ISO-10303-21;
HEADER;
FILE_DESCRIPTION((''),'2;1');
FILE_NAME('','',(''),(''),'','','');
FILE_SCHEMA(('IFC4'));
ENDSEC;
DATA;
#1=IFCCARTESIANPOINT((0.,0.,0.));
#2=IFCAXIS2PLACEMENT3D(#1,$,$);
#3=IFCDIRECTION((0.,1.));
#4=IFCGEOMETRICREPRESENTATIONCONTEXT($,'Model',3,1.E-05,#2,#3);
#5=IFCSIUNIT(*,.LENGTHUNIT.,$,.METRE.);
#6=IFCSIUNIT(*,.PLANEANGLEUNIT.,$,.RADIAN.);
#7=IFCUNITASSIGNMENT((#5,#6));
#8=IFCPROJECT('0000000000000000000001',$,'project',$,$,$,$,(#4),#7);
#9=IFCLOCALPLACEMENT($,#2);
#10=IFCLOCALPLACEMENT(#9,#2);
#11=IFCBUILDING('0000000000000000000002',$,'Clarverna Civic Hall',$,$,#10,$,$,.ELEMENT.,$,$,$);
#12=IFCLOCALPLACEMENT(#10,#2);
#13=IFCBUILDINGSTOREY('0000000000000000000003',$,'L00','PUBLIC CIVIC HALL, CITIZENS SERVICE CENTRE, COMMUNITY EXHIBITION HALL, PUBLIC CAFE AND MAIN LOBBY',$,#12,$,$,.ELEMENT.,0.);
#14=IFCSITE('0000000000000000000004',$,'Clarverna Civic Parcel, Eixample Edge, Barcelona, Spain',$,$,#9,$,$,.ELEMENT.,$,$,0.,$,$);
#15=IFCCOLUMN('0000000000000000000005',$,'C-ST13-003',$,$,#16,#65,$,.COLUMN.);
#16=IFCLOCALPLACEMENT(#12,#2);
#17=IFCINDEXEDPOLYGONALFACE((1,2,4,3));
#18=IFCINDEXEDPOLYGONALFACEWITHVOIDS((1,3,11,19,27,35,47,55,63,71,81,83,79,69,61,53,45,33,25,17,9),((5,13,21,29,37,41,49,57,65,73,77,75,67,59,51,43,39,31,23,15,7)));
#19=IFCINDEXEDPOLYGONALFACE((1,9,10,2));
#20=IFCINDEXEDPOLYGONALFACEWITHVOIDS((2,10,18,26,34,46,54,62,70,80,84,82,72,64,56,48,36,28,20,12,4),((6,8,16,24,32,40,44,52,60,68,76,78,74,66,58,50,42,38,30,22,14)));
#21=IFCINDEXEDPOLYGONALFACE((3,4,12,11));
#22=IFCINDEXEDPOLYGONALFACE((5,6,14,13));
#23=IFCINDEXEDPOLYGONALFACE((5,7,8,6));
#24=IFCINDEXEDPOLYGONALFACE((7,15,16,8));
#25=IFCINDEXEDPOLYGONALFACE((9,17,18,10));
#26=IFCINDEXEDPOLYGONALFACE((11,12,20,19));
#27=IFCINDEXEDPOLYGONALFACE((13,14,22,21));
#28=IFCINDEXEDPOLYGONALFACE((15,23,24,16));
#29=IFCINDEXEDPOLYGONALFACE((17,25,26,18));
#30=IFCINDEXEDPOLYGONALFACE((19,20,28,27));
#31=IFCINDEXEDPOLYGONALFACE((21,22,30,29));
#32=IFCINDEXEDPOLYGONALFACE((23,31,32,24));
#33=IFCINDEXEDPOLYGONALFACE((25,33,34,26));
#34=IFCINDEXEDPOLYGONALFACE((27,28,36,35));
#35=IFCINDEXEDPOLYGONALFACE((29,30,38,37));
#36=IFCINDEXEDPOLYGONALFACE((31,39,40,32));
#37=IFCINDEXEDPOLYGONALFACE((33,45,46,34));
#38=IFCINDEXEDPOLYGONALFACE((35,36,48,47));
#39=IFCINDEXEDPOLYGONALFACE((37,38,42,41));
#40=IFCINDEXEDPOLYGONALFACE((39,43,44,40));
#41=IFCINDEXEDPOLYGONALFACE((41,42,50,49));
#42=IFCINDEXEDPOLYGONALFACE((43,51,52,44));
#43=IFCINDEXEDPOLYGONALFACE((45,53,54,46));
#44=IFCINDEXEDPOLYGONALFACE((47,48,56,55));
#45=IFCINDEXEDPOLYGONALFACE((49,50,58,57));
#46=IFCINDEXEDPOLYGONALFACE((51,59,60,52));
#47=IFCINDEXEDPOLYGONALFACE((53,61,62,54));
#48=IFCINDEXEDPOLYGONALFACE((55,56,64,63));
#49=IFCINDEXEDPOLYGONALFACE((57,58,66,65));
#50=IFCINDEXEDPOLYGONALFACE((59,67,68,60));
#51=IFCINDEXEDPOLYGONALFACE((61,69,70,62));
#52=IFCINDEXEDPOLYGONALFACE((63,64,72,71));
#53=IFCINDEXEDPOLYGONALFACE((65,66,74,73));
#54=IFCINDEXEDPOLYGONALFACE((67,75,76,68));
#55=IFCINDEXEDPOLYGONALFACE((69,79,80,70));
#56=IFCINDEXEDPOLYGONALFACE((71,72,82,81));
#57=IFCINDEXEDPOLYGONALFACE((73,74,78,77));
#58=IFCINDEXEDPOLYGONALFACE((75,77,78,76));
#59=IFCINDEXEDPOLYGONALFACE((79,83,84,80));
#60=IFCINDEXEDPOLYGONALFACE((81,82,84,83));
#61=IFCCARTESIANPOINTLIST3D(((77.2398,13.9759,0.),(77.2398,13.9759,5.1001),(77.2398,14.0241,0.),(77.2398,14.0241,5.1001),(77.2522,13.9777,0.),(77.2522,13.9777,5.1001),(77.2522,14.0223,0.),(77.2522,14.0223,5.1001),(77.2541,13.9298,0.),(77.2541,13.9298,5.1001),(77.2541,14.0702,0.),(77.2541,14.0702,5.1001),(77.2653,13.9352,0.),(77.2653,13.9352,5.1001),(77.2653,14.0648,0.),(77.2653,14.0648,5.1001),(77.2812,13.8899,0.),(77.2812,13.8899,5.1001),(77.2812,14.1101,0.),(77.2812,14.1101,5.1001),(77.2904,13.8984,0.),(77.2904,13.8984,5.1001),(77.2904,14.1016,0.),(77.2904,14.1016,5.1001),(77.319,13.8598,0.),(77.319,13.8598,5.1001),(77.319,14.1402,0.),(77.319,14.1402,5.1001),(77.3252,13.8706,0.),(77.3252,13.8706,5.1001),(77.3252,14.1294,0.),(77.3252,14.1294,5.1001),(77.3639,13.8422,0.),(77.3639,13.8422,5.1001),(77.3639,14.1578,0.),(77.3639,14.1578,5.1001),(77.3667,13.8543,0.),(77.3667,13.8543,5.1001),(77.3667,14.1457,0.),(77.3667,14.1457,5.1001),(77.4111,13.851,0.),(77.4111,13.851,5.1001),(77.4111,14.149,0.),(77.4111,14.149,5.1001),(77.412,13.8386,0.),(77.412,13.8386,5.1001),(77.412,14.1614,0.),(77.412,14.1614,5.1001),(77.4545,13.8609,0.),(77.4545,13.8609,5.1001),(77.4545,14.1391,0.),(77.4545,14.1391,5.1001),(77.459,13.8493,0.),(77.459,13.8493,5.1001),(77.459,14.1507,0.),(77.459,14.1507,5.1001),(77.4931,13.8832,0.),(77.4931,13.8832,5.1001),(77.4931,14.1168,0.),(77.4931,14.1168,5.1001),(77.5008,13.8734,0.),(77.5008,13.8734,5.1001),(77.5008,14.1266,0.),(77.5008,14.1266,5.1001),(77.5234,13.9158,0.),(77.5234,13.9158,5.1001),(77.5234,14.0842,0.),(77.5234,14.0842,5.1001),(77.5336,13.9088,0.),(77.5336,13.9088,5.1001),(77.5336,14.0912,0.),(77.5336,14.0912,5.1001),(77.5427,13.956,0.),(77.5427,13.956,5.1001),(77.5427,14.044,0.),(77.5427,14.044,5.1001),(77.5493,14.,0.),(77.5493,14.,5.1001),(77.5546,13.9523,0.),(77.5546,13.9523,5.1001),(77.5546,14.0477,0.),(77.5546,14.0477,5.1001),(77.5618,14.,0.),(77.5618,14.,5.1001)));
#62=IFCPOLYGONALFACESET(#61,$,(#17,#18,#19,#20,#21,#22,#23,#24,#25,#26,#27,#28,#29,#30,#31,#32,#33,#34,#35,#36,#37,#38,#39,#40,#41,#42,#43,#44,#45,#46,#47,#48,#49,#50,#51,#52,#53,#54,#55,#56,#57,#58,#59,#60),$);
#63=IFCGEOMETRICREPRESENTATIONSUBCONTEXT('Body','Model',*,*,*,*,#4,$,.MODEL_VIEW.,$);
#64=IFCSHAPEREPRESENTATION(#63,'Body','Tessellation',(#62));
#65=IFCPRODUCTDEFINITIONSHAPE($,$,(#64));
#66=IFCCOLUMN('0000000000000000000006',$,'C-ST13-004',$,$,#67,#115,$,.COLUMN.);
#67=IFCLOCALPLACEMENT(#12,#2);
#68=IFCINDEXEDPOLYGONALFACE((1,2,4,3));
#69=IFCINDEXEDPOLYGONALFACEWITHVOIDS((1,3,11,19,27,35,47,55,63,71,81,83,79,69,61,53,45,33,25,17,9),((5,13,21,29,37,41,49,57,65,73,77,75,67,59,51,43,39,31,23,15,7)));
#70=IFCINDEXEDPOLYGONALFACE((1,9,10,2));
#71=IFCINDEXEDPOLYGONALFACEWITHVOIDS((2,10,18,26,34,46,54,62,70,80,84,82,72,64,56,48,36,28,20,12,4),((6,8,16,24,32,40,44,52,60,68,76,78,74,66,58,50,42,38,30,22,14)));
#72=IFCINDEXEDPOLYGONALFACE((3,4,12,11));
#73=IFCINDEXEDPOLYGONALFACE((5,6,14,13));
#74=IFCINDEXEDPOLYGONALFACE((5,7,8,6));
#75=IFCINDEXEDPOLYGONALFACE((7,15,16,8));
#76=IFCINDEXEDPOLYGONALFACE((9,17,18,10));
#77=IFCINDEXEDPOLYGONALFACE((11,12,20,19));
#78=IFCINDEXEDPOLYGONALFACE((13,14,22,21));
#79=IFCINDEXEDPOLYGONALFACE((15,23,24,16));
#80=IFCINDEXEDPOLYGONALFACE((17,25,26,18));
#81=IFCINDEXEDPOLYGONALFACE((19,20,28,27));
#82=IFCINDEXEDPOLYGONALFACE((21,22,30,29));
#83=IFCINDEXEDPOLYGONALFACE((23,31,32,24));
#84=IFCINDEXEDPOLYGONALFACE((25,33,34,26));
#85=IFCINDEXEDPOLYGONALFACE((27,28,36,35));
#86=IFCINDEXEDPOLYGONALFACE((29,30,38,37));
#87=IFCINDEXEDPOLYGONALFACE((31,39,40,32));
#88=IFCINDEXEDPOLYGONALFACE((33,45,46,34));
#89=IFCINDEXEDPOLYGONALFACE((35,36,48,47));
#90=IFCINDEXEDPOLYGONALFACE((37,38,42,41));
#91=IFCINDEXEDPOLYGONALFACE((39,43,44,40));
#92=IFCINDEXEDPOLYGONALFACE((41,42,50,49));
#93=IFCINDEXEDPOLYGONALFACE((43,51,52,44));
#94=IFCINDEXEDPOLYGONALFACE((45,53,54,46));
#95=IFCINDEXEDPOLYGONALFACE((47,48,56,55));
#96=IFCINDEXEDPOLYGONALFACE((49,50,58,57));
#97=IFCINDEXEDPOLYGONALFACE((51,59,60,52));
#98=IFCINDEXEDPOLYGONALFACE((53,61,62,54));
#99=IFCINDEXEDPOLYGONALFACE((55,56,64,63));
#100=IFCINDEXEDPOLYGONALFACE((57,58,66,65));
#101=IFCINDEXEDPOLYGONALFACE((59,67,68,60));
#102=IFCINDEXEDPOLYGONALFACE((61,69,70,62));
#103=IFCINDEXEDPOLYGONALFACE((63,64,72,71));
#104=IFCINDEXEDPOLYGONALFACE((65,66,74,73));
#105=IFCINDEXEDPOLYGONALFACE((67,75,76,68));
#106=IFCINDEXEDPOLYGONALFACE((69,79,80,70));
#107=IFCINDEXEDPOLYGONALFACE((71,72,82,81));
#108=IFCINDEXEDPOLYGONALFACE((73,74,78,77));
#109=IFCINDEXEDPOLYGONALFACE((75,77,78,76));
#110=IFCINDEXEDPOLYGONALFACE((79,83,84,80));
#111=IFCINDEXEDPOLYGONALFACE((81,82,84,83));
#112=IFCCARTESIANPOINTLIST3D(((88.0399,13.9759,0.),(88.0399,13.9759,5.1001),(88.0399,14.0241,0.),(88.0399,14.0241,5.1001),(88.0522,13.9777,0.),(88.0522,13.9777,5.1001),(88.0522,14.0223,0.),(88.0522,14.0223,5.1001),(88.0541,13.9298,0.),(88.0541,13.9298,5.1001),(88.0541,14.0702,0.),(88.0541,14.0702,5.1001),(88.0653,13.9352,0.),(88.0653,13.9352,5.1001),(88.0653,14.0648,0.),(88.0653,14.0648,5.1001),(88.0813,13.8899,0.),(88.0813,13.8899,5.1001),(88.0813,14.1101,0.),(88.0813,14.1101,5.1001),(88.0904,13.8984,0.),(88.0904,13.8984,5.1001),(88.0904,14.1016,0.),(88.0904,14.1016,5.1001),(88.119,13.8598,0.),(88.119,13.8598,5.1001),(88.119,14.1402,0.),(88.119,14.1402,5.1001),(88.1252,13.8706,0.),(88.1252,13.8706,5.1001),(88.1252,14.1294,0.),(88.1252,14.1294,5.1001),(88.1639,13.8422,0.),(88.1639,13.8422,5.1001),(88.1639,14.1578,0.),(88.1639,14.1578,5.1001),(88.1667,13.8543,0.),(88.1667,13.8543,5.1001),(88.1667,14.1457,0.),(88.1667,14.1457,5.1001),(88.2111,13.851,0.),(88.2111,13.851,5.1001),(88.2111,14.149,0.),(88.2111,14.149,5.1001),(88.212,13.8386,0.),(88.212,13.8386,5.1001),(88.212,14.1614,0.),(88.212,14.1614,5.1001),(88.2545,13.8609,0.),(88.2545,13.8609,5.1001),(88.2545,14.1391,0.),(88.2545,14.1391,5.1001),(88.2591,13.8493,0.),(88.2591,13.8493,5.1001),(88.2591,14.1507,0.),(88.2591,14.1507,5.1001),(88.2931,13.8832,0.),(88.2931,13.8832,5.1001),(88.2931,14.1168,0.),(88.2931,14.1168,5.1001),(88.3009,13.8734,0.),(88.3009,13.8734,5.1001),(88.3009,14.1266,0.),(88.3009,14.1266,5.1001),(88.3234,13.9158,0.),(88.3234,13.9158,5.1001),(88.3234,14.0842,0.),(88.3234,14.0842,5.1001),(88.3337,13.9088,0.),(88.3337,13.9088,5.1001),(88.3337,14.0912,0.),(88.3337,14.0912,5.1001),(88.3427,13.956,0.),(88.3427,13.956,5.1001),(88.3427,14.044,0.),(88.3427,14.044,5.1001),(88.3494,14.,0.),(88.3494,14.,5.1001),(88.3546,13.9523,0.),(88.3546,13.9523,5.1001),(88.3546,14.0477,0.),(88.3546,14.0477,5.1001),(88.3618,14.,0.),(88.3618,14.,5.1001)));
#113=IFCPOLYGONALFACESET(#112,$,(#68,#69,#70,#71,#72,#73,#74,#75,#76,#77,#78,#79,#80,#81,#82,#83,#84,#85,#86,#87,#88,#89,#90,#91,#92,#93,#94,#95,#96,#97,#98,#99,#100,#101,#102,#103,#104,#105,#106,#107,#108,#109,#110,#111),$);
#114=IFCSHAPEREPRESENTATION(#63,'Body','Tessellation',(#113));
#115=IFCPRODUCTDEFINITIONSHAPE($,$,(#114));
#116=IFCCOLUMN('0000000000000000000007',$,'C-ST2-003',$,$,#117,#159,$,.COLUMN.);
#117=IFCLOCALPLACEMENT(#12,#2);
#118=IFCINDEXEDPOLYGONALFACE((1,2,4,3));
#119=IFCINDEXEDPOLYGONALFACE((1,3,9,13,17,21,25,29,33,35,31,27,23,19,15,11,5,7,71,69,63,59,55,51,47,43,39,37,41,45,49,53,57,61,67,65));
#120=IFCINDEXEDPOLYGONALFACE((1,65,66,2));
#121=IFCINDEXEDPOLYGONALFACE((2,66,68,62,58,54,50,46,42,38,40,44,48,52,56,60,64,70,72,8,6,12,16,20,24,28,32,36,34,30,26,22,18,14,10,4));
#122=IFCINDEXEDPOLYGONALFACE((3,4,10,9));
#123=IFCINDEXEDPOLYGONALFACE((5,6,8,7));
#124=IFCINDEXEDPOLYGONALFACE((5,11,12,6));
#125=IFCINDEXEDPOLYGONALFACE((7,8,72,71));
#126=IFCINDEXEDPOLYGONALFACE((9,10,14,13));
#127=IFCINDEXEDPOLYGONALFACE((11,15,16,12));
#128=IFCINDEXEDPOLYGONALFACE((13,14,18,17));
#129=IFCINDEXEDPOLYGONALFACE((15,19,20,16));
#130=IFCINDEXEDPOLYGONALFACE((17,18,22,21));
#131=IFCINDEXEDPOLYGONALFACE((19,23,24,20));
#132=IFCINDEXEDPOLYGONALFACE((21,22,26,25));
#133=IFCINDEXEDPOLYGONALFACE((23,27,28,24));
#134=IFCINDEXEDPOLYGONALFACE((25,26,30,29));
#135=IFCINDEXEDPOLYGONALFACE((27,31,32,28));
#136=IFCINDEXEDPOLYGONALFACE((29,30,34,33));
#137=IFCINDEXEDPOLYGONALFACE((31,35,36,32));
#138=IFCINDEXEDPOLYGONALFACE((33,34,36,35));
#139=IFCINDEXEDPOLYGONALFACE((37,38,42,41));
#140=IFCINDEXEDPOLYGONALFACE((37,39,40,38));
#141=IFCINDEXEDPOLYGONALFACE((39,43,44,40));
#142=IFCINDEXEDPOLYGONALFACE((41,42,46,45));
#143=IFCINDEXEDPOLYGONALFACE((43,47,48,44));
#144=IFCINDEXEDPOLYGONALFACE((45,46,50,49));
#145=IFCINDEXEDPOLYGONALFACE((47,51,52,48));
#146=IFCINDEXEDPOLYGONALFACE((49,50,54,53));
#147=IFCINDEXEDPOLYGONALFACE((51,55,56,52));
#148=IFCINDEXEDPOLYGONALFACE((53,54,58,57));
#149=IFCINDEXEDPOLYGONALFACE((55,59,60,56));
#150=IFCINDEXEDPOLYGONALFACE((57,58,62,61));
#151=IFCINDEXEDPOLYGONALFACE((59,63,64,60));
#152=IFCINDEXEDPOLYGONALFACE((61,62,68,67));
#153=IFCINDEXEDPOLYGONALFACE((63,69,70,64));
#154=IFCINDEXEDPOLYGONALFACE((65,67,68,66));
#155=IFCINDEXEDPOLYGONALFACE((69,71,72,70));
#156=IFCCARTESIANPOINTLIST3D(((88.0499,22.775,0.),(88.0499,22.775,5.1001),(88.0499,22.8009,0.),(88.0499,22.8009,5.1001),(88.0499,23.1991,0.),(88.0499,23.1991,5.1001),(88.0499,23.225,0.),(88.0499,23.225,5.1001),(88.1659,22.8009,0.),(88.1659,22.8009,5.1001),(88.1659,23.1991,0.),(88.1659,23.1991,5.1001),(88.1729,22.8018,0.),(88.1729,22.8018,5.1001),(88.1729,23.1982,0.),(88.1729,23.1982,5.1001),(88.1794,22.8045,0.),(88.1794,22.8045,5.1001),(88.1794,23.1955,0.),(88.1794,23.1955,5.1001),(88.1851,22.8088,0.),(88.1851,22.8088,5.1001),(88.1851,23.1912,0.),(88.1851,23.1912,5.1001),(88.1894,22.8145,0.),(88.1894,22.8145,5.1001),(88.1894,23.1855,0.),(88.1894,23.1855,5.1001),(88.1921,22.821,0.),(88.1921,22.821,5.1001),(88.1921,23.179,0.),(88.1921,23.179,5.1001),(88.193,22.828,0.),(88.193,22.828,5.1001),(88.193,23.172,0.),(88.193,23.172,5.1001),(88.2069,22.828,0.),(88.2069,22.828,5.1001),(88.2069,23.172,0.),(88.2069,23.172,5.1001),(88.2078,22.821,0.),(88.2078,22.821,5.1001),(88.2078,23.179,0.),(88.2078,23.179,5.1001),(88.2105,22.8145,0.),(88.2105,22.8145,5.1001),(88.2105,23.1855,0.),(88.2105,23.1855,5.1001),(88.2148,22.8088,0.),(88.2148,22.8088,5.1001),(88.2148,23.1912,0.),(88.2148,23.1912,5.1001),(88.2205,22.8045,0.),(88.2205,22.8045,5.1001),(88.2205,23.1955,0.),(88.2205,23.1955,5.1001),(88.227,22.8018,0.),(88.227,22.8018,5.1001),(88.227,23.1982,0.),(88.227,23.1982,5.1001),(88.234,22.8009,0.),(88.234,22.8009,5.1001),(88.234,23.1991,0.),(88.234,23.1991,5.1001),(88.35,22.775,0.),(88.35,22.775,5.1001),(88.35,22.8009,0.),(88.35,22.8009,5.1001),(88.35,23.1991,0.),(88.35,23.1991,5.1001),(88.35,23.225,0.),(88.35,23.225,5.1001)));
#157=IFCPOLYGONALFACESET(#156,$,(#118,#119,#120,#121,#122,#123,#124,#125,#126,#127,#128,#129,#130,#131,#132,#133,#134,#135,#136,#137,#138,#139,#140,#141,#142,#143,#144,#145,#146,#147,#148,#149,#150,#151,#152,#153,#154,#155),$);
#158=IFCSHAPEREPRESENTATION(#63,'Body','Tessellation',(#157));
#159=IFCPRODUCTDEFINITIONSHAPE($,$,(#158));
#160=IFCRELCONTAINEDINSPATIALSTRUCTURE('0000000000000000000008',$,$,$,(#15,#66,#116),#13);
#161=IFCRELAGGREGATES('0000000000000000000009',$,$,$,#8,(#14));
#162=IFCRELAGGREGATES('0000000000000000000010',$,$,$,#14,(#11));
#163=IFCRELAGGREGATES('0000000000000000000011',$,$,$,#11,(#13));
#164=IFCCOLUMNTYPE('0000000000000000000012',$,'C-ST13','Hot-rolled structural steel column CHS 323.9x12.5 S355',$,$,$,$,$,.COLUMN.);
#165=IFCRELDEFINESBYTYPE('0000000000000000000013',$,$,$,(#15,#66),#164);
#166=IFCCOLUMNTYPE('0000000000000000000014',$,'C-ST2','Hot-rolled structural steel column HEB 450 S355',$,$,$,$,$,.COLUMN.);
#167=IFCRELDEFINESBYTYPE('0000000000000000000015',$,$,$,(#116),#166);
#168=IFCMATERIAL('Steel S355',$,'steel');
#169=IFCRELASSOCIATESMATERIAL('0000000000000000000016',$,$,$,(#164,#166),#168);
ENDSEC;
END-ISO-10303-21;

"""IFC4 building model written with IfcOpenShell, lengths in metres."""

from ifc_helpers import new_model, si_unit, direction, frame, origin, origin_2d, place, context, subcontext, project, spatial, hollow_circle, i_section, extrude, material, material_profile, profile_set, type_object, element, save


model = new_model("IFC4")

# Units and contexts
model_context = context("Model", 3, precision=1e-05, world=origin(), true_north=direction((0.0, 1.0)))
body_context = subcontext(model_context, "Body", "Model", "MODEL_VIEW")
ifc_project = project(units=[si_unit("LENGTHUNIT", "METRE"), si_unit("PLANEANGLEUNIT", "RADIAN")], contexts=[model_context])

# Site, building, storey
site_placement = place(None, origin())
site = spatial("IfcSite", under=ifc_project, at=site_placement, Name="Clarverna Civic Parcel, Eixample Edge, Barcelona, Spain", CompositionType="ELEMENT", RefElevation=0.0)
building_placement = place(site_placement, origin())
building = spatial("IfcBuilding", under=site, at=building_placement, Name="Clarverna Civic Hall", CompositionType="ELEMENT")
storey_placement = place(building_placement, origin())
storey = spatial("IfcBuildingStorey", under=building, at=storey_placement, Name="L00", Description="PUBLIC CIVIC HALL, CITIZENS SERVICE CENTRE, COMMUNITY EXHIBITION HALL, PUBLIC CAFE AND MAIN LOBBY", CompositionType="ELEMENT", Elevation=0.0)

# Columns
ifc_material_1 = material(Name="Steel S355", Category="steel")
ifc_material_profile_1 = material_profile(ifc_material_1, hollow_circle(Radius=0.1619, WallThickness=0.0125, at=origin_2d()), Name="CHS 323.9x12.5")
ifc_profile_set_1 = profile_set([ifc_material_profile_1], Name="Steel S355")
column_type_1 = type_object("IfcColumnType", Name="C-ST13", Description="Hot-rolled structural steel column CHS 323.9x12.5 S355", PredefinedType="COLUMN", material=ifc_profile_set_1)
for number, where, z_axis, x_axis, name in (
    (1, (77.3999, 14.0, 0.0), (0.0, 0.0, 1.0), (1.0, 0.0, 0.0), "C-ST13-003"),
    (2, (88.2, 14.0, 0.0), (0.0, 0.0, 1.0), (1.0, 0.0, 0.0), "C-ST13-004"),
):
    element("IfcColumn", number, at=place(storey_placement, frame(where, z_axis=z_axis, x_axis=x_axis)), inside=storey, type_object=column_type_1, Name=name, PredefinedType="COLUMN", context=body_context, shape_type="SweptSolid", body=[
        extrude(hollow_circle(Radius=0.1619, WallThickness=0.0125, at=origin_2d()), origin(), (0.0, 0.0, 1.0), 5.1001),
    ])
ifc_material_profile_2 = material_profile(ifc_material_1, i_section(OverallWidth=0.3, OverallDepth=0.45, WebThickness=0.0139, FlangeThickness=0.0259, FilletRadius=0.0271, at=origin_2d()), Name="HEB 450")
ifc_profile_set_2 = profile_set([ifc_material_profile_2], Name="Steel S355")
column_type_2 = type_object("IfcColumnType", Name="C-ST2", Description="Hot-rolled structural steel column HEB 450 S355", PredefinedType="COLUMN", material=ifc_profile_set_2)
column_placement = place(storey_placement, frame((88.2, 23.0, 0.0), z_axis=(0.0, 0.0, 1.0), x_axis=(1.0, 0.0, 0.0)))
element("IfcColumn", 3, at=column_placement, inside=storey, type_object=column_type_2, Name="C-ST2-003", PredefinedType="COLUMN", context=body_context, shape_type="SweptSolid", body=[
    extrude(i_section(OverallWidth=0.3, OverallDepth=0.45, WebThickness=0.0139, FlangeThickness=0.0259, FilletRadius=0.0271, at=origin_2d()), origin(), (0.0, 0.0, 1.0), 5.1001),
])

save(model, "model.ifc")
